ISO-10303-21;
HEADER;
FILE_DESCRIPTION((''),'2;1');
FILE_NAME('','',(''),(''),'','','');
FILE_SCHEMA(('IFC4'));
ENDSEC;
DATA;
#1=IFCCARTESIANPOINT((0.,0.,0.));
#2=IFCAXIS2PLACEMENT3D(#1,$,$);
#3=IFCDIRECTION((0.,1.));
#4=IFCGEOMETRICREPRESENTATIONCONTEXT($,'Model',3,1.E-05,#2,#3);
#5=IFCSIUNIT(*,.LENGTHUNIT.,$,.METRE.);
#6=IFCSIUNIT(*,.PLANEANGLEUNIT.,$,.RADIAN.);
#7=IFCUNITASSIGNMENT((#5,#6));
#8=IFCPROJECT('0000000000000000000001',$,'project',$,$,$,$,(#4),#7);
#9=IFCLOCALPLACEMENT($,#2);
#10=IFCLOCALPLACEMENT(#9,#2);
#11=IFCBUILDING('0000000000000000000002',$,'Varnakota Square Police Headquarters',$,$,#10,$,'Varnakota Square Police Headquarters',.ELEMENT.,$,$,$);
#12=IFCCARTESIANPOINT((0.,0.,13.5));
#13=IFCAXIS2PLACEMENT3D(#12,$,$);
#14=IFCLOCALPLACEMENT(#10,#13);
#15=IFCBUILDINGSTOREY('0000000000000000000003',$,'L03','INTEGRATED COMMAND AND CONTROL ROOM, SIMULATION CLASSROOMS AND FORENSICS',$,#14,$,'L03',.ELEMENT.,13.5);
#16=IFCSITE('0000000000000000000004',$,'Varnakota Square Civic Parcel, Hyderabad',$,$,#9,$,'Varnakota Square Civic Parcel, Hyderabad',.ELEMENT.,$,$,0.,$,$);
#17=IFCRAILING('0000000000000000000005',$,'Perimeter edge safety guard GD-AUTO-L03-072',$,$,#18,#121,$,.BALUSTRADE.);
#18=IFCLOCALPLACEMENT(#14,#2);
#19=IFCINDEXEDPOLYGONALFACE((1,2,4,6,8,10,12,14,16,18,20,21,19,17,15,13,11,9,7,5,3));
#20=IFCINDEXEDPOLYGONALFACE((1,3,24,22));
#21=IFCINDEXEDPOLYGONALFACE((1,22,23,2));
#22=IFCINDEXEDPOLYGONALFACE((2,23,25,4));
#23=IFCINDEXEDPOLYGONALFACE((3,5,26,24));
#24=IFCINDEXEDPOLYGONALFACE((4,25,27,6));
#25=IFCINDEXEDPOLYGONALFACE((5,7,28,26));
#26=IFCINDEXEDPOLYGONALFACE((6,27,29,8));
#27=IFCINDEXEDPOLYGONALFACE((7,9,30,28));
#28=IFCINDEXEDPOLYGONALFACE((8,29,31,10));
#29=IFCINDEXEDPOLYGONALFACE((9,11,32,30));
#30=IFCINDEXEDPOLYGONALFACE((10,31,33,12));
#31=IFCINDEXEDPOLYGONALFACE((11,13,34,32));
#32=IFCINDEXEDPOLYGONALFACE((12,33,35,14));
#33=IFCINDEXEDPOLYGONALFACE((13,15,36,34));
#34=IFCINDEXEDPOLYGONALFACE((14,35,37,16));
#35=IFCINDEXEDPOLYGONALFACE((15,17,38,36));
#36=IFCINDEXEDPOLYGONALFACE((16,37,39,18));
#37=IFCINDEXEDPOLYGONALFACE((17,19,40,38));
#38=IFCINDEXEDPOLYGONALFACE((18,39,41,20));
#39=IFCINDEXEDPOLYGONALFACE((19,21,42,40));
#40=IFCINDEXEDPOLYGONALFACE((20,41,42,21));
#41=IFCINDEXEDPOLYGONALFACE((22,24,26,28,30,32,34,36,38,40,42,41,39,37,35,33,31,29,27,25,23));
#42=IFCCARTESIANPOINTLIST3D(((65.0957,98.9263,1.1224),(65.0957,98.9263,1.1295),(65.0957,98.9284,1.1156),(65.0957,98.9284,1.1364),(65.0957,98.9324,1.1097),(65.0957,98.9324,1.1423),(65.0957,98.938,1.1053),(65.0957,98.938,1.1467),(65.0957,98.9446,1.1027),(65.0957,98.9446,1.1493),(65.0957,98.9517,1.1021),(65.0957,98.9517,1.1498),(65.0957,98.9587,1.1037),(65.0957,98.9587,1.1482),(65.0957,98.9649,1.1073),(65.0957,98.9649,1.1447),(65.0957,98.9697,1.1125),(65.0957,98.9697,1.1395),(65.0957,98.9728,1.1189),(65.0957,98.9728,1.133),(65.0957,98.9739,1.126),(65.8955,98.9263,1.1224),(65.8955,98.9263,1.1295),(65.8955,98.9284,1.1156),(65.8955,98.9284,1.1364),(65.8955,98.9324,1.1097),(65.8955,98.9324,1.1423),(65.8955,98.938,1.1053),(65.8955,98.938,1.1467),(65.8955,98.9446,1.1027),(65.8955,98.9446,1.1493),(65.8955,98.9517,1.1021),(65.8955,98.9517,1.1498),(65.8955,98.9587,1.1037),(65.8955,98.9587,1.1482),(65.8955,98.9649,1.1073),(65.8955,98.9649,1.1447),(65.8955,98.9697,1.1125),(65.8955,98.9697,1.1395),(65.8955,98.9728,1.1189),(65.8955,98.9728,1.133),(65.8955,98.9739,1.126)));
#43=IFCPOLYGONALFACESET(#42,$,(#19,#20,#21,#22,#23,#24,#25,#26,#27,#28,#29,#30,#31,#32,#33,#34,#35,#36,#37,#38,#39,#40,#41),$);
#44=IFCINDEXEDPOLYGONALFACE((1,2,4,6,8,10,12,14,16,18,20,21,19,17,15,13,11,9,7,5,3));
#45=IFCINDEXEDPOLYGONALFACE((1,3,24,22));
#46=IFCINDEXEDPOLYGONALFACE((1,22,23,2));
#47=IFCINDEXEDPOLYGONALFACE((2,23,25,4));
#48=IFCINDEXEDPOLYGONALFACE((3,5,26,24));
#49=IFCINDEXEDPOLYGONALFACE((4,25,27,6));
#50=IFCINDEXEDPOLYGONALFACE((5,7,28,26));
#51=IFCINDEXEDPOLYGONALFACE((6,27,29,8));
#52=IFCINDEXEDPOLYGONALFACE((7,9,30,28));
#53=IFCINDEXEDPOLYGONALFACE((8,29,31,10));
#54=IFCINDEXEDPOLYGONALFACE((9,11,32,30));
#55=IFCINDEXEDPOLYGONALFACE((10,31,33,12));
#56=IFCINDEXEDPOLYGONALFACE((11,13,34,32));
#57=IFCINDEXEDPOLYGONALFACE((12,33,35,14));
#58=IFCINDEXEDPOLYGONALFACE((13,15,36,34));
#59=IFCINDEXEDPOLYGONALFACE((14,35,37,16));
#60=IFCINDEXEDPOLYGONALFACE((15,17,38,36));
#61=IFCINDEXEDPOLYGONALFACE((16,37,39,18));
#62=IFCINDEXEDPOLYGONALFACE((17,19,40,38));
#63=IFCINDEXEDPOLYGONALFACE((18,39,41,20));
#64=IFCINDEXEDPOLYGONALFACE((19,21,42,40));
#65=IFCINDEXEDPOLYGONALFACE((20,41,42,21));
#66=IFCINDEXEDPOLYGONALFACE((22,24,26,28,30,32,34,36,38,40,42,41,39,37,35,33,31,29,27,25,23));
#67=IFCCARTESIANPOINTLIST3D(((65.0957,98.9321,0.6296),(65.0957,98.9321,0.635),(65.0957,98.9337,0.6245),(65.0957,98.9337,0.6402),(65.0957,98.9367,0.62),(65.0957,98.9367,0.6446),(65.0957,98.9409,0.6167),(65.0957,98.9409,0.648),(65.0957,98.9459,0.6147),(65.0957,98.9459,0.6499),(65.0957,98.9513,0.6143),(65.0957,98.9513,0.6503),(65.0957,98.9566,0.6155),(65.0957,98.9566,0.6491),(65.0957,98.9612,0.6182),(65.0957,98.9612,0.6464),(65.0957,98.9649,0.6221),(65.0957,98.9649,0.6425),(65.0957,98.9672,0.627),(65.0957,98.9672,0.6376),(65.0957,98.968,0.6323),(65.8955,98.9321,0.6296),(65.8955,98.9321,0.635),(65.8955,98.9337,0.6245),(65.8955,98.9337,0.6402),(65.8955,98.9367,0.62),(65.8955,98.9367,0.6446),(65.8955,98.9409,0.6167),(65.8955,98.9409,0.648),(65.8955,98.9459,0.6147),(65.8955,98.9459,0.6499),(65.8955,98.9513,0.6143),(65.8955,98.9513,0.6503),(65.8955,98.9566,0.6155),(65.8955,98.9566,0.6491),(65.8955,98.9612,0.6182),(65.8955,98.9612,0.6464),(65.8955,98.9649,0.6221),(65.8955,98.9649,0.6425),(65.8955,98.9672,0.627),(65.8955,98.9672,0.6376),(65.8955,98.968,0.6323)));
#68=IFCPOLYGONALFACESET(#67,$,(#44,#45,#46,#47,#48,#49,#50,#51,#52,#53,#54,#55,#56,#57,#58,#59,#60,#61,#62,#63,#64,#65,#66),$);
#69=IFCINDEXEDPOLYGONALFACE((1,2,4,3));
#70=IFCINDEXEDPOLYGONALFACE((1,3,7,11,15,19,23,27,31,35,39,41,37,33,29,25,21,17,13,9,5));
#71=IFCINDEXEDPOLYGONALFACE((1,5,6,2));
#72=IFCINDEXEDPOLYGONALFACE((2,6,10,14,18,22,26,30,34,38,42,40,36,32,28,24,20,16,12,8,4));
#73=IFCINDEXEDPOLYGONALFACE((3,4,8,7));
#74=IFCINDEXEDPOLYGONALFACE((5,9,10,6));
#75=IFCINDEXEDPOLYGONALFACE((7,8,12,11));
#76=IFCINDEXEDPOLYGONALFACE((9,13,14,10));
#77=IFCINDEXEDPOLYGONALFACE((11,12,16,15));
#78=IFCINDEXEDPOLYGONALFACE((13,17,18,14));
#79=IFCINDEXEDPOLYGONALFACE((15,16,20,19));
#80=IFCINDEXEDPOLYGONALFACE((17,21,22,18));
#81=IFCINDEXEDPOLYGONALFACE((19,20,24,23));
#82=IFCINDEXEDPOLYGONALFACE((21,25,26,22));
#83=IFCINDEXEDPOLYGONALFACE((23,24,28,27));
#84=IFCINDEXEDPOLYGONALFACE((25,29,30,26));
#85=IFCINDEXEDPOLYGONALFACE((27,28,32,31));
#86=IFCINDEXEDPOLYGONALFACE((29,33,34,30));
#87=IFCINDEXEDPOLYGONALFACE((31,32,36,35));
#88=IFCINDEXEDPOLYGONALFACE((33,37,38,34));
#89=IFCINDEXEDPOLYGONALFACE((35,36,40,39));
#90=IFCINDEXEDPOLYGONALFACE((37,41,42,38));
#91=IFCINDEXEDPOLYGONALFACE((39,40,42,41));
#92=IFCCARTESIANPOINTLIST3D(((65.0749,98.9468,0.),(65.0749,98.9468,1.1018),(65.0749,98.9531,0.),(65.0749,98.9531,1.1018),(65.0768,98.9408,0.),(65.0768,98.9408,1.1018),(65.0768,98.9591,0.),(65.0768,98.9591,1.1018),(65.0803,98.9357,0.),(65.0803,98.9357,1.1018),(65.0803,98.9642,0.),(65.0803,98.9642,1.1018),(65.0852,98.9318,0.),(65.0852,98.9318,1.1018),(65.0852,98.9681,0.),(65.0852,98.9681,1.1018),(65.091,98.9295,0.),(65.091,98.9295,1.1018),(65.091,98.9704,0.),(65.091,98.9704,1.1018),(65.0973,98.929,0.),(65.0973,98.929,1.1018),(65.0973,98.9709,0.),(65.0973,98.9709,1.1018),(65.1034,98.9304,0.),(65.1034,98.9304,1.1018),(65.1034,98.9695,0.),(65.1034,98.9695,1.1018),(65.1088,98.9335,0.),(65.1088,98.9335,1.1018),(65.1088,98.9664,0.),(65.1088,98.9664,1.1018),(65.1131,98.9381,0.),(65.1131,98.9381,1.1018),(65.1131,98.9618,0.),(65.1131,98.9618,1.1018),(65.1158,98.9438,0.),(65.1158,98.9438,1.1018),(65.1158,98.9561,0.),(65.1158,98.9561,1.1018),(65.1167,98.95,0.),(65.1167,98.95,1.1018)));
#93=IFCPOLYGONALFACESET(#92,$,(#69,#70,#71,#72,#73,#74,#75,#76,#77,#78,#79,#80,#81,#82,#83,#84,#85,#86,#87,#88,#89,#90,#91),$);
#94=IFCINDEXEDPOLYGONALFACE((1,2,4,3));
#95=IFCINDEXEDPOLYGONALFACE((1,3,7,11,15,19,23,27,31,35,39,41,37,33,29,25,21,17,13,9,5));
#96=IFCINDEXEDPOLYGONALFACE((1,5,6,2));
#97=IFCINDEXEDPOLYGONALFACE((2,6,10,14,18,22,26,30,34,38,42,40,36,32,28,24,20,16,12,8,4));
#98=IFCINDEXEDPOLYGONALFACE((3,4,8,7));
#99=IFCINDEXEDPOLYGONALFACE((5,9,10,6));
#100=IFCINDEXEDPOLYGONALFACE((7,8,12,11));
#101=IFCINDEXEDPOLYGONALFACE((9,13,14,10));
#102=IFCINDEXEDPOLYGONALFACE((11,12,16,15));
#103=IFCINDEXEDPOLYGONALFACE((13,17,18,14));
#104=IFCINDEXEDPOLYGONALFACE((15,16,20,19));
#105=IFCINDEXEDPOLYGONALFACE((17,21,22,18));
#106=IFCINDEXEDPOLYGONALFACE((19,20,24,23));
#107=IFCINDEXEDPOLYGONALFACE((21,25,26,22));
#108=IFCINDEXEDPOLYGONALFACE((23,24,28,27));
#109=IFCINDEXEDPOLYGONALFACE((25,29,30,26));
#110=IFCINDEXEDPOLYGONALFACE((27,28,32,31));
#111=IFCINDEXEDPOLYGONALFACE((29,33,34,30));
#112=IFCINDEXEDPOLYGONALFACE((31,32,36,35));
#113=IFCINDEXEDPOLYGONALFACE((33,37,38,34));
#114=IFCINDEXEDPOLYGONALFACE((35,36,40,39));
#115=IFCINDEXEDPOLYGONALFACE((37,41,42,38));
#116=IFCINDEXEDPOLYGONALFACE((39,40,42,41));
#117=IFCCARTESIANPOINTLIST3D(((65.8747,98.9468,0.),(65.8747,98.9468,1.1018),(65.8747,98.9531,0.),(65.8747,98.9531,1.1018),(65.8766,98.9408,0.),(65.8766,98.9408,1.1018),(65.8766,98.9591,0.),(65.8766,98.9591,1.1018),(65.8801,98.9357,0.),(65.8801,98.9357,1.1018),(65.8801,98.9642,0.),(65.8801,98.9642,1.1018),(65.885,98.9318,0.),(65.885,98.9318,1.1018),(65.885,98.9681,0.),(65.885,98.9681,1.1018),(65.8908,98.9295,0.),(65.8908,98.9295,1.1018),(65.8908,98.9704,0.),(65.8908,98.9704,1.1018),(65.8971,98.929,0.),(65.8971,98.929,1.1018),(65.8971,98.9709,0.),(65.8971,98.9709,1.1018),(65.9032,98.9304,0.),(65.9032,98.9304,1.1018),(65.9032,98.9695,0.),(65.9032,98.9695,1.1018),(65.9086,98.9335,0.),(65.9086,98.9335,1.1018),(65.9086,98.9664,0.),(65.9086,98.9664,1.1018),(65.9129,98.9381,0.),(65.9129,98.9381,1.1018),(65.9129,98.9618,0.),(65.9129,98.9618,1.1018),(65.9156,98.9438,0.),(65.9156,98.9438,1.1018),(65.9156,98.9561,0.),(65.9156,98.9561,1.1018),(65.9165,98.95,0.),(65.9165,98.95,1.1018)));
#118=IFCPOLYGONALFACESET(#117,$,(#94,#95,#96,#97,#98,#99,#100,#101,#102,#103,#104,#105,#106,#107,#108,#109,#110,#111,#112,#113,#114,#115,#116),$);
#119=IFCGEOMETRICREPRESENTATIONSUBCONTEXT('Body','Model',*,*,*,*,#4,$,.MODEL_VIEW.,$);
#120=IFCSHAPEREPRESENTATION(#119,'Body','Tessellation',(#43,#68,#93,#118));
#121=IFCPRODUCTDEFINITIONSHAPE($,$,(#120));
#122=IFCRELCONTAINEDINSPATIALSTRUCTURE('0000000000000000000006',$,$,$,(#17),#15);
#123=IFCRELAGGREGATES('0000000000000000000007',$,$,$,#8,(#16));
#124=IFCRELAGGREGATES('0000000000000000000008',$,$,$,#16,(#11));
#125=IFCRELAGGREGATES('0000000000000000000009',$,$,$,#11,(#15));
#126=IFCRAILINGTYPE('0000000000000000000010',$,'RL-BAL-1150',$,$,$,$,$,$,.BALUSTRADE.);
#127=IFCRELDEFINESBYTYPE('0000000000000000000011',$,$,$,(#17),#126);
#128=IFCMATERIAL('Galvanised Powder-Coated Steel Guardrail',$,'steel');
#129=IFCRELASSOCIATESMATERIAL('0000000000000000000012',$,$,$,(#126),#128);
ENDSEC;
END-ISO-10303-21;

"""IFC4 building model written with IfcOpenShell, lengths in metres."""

from ifc_helpers import new_model, si_unit, direction, frame, origin, origin_2d, place, context, subcontext, project, spatial, circle, extrude, material, type_object, element, save


model = new_model("IFC4")

# Units and contexts
model_context = context("Model", 3, precision=1e-05, world=origin(), true_north=direction((0.0, 1.0)))
body_context = subcontext(model_context, "Body", "Model", "MODEL_VIEW")
ifc_project = project(units=[si_unit("LENGTHUNIT", "METRE"), si_unit("PLANEANGLEUNIT", "RADIAN")], contexts=[model_context])

# Site, building, storey
site_placement = place(None, origin())
site = spatial("IfcSite", under=ifc_project, at=site_placement, Name="Varnakota Square Civic Parcel, Hyderabad", LongName="Varnakota Square Civic Parcel, Hyderabad", CompositionType="ELEMENT", RefElevation=0.0)
building_placement = place(site_placement, origin())
building = spatial("IfcBuilding", under=site, at=building_placement, Name="Varnakota Square Police Headquarters", LongName="Varnakota Square Police Headquarters", CompositionType="ELEMENT")
storey_placement = place(building_placement, frame((0.0, 0.0, 13.5)))
storey = spatial("IfcBuildingStorey", under=building, at=storey_placement, Name="L03", Description="INTEGRATED COMMAND AND CONTROL ROOM, SIMULATION CLASSROOMS AND FORENSICS", LongName="L03", CompositionType="ELEMENT", Elevation=13.5)

# Railing
ifc_material_1 = material(Name="Galvanised Powder-Coated Steel Guardrail", Category="steel")
railing_type = type_object("IfcRailingType", Name="RL-BAL-1150", PredefinedType="BALUSTRADE", material=ifc_material_1)
railing_1_placement = place(storey_placement, frame((65.0957, 98.95, 0.0)))
element("IfcRailing", 1, at=railing_1_placement, inside=storey, type_object=railing_type, Name="Perimeter edge safety guard GD-AUTO-L03-072", PredefinedType="BALUSTRADE", context=body_context, shape_type="SweptSolid", body=[
    extrude(circle(Radius=0.0239, at=origin_2d()), frame((0.0, 0.0, 1.126), z_axis=(1.0, 0.0, 0.0), x_axis=(0.0, 1.0, 0.0)), (0.0, 0.0, 1.0), 0.7998),
    extrude(circle(Radius=0.0181, at=origin_2d()), frame((0.0, 0.0, 0.6323), z_axis=(1.0, 0.0, 0.0), x_axis=(0.0, 1.0, 0.0)), (0.0, 0.0, 1.0), 0.7998),
    extrude(circle(Radius=0.021, at=origin_2d()), origin(), (0.0, 0.0, 1.0), 1.1018),
    extrude(circle(Radius=0.021, at=origin_2d()), frame((0.7998, 0.0, 0.0)), (0.0, 0.0, 1.0), 1.1018),
])

save(model, "model.ifc")
